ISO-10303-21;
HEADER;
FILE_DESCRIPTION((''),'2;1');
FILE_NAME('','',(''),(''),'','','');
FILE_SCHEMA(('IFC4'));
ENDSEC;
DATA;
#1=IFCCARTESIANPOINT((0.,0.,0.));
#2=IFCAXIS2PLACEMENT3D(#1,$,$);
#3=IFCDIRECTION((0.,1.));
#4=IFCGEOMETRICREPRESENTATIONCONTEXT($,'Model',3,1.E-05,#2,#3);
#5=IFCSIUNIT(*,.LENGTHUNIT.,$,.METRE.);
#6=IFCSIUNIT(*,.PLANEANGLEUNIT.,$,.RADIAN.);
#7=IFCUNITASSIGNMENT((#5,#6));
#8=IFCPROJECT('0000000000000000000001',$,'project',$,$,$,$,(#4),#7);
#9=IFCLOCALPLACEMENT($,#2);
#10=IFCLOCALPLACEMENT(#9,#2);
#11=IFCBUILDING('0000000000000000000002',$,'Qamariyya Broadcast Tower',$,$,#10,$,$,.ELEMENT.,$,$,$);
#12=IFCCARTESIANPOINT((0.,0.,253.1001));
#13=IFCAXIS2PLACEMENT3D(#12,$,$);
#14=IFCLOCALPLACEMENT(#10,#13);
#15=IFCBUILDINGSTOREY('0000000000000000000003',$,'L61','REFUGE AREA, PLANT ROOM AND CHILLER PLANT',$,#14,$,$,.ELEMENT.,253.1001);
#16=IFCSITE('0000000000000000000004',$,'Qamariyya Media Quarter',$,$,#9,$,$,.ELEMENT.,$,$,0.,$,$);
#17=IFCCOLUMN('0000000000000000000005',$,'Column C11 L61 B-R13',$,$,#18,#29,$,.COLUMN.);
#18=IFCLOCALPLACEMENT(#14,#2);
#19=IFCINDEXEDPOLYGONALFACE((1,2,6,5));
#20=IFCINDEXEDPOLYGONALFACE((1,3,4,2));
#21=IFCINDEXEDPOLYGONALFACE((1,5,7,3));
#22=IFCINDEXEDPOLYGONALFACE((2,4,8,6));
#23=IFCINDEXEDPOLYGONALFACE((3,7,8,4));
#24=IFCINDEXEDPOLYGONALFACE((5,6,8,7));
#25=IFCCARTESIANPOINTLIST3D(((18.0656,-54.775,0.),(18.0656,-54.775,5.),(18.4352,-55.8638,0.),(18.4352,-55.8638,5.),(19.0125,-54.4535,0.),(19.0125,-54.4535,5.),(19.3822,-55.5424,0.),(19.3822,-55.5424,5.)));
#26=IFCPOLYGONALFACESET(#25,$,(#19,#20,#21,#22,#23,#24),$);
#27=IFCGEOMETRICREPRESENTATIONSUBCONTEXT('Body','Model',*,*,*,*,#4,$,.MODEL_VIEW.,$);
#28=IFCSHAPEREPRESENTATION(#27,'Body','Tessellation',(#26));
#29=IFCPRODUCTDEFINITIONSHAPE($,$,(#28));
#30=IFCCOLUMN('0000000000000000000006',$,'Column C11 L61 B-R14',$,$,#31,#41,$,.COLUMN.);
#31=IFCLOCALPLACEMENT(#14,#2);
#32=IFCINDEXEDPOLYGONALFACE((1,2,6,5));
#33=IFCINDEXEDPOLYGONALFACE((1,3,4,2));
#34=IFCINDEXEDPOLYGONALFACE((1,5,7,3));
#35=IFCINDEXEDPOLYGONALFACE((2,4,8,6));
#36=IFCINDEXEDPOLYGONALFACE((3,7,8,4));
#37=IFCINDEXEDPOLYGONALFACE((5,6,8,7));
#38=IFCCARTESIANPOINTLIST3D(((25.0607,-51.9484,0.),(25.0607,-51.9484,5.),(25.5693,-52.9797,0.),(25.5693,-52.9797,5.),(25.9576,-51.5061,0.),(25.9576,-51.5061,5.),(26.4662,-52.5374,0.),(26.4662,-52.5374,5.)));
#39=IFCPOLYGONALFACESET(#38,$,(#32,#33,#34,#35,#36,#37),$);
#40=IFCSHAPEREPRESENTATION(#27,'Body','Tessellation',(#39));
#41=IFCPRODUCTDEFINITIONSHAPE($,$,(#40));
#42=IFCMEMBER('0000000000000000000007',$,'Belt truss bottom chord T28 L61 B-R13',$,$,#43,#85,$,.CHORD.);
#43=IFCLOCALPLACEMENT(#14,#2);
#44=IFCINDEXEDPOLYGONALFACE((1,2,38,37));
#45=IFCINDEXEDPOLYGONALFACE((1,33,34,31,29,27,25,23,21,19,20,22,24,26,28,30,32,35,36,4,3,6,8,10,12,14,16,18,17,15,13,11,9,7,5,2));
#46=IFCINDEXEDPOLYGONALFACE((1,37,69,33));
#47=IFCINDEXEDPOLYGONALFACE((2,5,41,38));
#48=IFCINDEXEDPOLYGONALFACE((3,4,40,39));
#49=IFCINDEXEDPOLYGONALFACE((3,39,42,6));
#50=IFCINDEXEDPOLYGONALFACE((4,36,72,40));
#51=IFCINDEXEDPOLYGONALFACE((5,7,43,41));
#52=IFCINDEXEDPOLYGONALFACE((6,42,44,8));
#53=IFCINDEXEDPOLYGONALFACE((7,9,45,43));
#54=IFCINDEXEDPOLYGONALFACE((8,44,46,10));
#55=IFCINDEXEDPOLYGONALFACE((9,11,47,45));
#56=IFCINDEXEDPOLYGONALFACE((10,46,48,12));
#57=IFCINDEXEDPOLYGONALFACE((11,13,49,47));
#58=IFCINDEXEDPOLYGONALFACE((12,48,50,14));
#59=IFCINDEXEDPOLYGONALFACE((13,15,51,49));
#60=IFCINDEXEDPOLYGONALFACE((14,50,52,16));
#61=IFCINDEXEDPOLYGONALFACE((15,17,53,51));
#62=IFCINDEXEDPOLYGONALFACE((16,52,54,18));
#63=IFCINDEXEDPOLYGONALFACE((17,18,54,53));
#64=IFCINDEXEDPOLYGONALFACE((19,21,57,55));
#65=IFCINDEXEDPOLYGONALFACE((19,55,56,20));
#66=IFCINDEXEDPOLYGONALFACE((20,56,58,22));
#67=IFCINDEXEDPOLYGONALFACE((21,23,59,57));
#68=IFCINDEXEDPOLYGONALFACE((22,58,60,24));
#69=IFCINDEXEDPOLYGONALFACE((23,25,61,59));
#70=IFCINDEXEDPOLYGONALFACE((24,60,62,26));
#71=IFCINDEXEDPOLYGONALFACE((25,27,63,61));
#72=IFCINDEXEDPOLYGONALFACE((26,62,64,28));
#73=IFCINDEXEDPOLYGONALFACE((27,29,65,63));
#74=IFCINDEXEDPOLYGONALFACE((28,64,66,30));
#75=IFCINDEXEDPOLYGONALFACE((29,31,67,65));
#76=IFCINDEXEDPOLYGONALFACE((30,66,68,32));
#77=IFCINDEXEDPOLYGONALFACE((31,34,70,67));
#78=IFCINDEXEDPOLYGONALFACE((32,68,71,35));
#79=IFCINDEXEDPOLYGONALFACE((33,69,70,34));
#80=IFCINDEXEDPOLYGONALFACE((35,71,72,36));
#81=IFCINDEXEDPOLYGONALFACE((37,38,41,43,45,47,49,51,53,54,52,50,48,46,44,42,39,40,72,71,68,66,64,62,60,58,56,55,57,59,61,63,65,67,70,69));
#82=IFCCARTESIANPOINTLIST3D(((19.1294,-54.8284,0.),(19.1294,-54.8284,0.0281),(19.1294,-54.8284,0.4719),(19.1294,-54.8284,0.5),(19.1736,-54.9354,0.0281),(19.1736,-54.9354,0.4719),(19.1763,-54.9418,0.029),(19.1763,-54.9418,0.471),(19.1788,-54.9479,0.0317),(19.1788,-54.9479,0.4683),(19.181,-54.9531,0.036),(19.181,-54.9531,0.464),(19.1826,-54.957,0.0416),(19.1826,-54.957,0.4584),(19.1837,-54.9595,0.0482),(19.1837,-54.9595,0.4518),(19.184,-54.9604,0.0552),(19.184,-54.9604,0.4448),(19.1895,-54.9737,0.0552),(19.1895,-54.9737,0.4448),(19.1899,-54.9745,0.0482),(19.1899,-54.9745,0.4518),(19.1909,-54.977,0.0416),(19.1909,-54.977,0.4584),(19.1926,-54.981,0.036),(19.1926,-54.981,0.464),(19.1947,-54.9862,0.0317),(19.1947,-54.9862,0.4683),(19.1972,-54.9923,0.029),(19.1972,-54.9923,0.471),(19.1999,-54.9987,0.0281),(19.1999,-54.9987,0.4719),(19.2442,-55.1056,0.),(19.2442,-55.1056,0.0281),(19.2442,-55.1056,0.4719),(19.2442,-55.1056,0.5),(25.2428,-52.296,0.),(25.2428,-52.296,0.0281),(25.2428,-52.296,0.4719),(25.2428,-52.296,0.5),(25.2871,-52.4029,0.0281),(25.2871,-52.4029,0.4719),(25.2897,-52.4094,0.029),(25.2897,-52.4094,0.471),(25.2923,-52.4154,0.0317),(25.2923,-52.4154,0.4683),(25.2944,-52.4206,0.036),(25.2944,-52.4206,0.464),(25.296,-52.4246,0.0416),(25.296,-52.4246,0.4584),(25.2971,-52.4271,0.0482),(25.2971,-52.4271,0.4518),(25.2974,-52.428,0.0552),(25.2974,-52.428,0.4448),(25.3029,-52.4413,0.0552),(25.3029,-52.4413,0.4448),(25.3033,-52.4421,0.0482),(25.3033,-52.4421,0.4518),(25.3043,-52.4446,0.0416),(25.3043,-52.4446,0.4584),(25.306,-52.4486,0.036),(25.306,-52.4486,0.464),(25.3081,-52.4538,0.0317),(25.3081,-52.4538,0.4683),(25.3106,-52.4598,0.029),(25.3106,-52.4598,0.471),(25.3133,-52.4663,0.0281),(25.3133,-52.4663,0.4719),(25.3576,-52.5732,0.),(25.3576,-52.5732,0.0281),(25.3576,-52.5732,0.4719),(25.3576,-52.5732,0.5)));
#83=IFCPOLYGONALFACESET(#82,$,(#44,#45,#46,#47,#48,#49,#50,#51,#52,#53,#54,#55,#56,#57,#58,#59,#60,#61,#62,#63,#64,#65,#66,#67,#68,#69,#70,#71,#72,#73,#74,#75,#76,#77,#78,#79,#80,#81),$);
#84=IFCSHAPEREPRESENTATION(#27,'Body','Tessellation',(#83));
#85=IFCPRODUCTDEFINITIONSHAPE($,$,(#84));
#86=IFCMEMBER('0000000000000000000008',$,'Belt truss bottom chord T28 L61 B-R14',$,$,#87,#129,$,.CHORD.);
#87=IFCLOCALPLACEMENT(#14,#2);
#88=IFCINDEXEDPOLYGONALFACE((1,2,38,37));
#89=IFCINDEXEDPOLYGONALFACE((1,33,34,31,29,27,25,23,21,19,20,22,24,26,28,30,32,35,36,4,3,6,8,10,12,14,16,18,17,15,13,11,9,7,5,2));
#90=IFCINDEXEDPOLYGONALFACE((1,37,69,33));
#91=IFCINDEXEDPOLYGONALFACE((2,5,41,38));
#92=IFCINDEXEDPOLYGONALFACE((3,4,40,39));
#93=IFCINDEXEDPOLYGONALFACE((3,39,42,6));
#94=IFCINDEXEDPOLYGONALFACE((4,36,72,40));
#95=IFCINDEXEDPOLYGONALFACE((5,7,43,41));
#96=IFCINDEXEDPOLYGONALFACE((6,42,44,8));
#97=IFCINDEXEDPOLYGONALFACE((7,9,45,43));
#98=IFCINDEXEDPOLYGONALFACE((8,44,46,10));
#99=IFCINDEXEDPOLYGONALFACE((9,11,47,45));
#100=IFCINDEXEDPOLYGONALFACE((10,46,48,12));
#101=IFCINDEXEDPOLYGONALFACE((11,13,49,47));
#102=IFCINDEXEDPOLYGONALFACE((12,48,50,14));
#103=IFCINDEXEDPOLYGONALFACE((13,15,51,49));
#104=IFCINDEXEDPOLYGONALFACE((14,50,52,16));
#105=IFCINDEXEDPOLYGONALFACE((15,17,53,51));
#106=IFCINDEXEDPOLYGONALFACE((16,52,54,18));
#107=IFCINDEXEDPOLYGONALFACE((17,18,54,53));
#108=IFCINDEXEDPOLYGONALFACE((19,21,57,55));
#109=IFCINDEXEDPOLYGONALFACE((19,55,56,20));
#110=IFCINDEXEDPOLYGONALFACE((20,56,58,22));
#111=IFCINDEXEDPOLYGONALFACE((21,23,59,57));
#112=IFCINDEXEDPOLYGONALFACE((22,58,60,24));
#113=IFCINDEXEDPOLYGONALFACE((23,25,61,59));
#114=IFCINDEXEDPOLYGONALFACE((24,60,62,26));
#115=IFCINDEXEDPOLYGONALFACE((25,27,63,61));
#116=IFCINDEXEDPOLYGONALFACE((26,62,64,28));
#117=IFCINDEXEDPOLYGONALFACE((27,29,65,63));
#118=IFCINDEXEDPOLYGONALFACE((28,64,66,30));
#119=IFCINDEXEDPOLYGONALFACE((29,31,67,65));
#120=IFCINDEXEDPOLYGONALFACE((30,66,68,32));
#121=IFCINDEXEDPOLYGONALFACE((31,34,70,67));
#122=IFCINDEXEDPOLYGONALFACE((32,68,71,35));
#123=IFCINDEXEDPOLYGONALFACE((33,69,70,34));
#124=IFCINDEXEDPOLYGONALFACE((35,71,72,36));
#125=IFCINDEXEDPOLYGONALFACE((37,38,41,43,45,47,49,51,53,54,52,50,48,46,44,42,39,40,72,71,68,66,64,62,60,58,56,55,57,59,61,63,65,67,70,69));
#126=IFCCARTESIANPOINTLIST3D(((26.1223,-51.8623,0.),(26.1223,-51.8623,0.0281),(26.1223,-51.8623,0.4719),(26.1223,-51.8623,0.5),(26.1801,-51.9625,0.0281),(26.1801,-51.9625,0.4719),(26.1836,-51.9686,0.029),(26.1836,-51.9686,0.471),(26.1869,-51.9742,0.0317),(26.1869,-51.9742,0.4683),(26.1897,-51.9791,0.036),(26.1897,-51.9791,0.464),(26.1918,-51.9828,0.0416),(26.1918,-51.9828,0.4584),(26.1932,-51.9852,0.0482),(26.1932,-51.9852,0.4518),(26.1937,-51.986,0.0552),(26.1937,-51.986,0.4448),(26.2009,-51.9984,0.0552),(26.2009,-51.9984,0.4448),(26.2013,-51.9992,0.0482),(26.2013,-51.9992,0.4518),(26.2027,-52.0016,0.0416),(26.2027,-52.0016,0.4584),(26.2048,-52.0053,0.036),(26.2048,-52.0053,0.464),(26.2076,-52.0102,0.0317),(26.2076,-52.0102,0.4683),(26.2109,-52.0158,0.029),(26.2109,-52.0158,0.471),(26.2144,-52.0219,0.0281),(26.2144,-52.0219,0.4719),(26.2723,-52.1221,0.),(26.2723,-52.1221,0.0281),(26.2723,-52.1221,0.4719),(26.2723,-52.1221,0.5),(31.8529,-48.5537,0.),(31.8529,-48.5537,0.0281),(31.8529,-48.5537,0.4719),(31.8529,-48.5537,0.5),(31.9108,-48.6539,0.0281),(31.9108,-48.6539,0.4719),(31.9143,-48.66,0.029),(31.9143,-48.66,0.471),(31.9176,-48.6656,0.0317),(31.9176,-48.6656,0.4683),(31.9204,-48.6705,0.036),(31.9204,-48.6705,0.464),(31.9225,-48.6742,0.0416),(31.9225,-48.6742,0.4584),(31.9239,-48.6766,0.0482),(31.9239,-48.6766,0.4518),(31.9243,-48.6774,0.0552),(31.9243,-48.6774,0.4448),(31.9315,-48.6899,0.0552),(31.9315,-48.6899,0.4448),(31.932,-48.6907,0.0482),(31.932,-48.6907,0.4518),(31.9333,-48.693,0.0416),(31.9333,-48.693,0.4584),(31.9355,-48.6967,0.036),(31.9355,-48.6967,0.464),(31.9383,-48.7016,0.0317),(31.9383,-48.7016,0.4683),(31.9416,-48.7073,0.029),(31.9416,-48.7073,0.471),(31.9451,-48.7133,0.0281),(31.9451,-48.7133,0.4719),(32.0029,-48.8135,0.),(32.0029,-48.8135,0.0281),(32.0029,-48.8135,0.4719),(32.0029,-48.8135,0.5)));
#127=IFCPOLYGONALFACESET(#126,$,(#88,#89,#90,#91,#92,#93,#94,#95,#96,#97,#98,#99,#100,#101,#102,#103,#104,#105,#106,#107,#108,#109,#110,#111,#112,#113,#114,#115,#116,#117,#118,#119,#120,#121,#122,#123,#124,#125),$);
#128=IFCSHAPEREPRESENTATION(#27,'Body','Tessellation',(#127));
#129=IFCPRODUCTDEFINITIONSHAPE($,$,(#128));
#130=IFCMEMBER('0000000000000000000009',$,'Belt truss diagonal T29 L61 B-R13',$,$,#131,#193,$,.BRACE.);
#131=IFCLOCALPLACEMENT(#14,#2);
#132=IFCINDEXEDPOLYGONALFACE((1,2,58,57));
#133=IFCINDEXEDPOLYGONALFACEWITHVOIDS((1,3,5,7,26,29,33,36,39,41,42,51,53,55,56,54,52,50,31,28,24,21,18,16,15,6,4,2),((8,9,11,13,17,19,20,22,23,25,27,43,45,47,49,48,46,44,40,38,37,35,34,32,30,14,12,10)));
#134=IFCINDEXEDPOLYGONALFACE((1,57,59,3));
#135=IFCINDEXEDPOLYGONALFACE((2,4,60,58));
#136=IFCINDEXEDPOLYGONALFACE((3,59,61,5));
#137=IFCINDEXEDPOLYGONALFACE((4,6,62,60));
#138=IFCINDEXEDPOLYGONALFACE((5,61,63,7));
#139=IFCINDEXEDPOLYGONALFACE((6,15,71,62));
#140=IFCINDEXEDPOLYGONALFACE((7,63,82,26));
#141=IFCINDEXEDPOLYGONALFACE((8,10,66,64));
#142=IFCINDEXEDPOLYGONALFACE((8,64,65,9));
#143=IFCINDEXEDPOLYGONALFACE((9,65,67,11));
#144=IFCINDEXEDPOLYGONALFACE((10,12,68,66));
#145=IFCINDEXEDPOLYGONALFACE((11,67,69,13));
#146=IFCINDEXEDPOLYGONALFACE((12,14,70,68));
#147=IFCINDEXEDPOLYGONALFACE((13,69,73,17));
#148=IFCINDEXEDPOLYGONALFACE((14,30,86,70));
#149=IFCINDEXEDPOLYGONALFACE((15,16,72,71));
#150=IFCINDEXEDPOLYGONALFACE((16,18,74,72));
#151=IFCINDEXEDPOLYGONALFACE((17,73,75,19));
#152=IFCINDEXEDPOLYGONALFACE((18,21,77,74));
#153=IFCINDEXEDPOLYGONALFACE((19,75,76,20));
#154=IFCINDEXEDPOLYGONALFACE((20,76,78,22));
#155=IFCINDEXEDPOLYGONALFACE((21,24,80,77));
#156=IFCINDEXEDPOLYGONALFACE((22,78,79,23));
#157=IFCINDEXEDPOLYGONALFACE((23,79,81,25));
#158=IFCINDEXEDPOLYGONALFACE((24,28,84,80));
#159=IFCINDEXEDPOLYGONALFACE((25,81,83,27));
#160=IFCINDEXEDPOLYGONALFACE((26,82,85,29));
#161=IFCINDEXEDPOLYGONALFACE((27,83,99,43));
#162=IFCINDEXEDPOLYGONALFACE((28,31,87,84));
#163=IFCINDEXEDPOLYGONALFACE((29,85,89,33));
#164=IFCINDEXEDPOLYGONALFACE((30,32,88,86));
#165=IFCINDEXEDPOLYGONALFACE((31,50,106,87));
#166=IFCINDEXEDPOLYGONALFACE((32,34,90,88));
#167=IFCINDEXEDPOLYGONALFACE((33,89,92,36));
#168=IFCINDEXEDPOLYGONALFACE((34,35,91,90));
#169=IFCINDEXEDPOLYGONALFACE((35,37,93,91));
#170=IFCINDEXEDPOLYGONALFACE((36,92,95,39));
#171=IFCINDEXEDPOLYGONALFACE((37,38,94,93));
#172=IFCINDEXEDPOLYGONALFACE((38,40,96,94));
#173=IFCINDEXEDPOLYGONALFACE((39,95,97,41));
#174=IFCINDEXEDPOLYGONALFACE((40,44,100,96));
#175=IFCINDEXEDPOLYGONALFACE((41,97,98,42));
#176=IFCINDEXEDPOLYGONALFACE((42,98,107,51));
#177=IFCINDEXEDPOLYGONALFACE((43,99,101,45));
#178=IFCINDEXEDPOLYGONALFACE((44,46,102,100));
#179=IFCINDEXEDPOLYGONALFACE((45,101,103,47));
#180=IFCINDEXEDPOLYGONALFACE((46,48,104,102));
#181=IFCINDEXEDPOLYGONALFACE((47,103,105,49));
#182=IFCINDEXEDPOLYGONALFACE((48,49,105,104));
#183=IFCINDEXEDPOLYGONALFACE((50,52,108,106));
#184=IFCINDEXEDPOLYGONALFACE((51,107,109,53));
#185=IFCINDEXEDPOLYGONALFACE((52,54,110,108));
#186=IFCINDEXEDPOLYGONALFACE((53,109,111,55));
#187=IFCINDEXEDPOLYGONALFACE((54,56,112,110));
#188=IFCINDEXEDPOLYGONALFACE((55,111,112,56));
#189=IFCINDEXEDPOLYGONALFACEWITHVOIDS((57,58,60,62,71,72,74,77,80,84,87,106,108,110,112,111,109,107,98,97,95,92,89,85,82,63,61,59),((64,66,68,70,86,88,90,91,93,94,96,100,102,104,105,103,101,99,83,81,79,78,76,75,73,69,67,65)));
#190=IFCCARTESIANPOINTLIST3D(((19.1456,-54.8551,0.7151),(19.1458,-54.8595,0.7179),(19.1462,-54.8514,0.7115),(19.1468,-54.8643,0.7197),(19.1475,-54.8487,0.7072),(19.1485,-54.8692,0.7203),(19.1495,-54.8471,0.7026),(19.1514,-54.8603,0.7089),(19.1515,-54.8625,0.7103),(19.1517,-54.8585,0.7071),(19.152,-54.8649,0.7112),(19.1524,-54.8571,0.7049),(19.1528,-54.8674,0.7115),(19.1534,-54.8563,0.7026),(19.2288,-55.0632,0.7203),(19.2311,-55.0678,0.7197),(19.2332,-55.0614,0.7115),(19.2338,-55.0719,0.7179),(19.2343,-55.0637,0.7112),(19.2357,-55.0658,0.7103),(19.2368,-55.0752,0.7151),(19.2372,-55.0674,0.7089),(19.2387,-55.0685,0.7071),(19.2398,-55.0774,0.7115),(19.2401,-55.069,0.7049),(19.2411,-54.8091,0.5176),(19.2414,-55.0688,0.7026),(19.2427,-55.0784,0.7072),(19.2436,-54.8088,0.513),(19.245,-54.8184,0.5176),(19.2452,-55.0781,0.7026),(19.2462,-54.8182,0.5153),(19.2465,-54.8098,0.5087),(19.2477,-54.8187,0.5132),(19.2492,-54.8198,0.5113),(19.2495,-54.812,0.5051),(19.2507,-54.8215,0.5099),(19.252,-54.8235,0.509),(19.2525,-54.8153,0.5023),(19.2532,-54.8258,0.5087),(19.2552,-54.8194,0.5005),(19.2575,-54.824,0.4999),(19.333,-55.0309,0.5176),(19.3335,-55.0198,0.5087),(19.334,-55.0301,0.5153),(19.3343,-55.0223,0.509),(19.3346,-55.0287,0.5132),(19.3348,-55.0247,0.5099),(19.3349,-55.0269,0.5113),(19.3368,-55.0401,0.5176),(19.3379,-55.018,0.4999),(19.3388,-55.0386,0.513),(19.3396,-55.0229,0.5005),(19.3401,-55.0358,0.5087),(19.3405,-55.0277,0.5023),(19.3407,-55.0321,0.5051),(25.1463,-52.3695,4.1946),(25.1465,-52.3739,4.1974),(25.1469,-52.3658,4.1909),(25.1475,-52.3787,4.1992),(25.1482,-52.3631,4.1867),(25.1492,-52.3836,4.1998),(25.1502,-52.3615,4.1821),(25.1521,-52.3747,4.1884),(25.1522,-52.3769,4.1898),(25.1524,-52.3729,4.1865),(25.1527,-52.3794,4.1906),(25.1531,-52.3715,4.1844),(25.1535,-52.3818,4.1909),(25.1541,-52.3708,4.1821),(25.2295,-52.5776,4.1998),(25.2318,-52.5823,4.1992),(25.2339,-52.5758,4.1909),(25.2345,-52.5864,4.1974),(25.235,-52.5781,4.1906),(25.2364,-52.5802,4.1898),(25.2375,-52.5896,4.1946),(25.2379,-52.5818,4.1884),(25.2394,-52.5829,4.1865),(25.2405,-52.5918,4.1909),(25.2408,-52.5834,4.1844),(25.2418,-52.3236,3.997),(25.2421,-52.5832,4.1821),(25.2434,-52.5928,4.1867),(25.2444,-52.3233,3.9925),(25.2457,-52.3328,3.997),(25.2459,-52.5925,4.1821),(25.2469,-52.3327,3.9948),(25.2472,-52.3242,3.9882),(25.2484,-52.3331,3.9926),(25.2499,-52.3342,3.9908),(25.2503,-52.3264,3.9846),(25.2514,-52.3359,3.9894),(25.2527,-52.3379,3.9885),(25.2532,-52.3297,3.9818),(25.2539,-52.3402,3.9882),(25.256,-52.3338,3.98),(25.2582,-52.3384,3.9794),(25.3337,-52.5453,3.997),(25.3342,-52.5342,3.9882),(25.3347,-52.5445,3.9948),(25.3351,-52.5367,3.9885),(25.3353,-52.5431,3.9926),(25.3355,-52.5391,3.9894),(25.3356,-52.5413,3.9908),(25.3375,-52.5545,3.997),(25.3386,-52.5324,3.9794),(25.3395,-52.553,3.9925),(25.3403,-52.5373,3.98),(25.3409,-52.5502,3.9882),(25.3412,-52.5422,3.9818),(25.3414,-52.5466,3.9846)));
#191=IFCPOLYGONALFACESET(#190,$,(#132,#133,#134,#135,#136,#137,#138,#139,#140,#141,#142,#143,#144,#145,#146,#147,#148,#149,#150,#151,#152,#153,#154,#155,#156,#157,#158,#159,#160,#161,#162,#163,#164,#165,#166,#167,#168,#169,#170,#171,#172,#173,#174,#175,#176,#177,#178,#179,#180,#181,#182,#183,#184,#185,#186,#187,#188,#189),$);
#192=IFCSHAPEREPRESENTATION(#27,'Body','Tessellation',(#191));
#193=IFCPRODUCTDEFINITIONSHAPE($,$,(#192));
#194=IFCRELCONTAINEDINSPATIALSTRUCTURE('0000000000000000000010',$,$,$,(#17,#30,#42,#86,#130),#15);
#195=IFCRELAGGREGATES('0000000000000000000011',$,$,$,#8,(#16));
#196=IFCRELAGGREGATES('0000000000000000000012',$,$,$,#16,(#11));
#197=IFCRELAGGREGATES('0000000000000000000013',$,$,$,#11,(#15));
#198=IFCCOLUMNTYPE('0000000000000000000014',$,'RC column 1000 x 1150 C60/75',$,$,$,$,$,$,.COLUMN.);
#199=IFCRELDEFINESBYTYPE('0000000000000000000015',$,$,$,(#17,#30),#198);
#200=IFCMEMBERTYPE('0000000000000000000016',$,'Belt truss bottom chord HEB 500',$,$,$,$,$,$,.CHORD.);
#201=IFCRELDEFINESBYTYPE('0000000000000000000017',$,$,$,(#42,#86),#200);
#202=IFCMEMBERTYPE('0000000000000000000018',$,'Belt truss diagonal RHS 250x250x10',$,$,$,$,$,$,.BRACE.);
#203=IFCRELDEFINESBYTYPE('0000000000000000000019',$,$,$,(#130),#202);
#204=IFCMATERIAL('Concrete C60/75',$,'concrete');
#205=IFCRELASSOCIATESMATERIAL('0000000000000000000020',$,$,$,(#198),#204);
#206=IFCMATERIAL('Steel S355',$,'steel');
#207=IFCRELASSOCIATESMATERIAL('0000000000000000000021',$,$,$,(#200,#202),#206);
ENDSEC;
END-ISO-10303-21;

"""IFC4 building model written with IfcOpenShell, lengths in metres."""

from ifc_helpers import new_model, si_unit, direction, frame, origin, origin_2d, place, context, subcontext, project, spatial, rectangle, hollow_rectangle, i_section, extrude, material, material_profile, profile_set, type_object, element, save


model = new_model("IFC4")

# Units and contexts
model_context = context("Model", 3, precision=1e-05, world=origin(), true_north=direction((0.0, 1.0)))
body_context = subcontext(model_context, "Body", "Model", "MODEL_VIEW")
ifc_project = project(units=[si_unit("LENGTHUNIT", "METRE"), si_unit("PLANEANGLEUNIT", "RADIAN")], contexts=[model_context])

# Site, building, storey
site_placement = place(None, origin())
site = spatial("IfcSite", under=ifc_project, at=site_placement, Name="Qamariyya Media Quarter", CompositionType="ELEMENT", RefElevation=0.0)
building_placement = place(site_placement, origin())
building = spatial("IfcBuilding", under=site, at=building_placement, Name="Qamariyya Broadcast Tower", CompositionType="ELEMENT")
storey_placement = place(building_placement, frame((0.0, 0.0, 253.1001)))
storey = spatial("IfcBuildingStorey", under=building, at=storey_placement, Name="L61", Description="REFUGE AREA, PLANT ROOM AND CHILLER PLANT", CompositionType="ELEMENT", Elevation=253.1001)

# Columns
ifc_material_1 = material(Name="Concrete C60/75", Category="concrete")
ifc_material_profile_1 = material_profile(ifc_material_1, rectangle(XDim=1.0, YDim=1.1499, at=origin_2d()))
ifc_profile_set_1 = profile_set([ifc_material_profile_1], Name="Concrete C60/75")
column_type = type_object("IfcColumnType", Name="RC column 1000 x 1150 C60/75", PredefinedType="COLUMN", material=ifc_profile_set_1)
for number, where, z_axis, x_axis, name in (
    (1, (18.7239, -55.1587, 0.0), (0.0, 0.0, 1.0), (0.94693, 0.321439, 0.0), "Column C11 L61 B-R13"),
    (2, (25.7634, -52.2429, 0.0), (0.0, 0.0, 1.0), (0.896873, 0.442289, 0.0), "Column C11 L61 B-R14"),
):
    element("IfcColumn", number, at=place(storey_placement, frame(where, z_axis=z_axis, x_axis=x_axis)), inside=storey, type_object=column_type, Name=name, PredefinedType="COLUMN", context=body_context, shape_type="SweptSolid", body=[
        extrude(rectangle(XDim=1.0, YDim=1.1499, at=origin_2d()), origin(), (0.0, 0.0, 1.0), 5.0),
    ])

# Members
ifc_material_2 = material(Name="Steel S355", Category="steel")
ifc_material_profile_2 = material_profile(ifc_material_2, i_section(OverallWidth=0.3, OverallDepth=0.5, WebThickness=0.0144, FlangeThickness=0.0281, FilletRadius=0.0271, at=origin_2d()))
ifc_profile_set_2 = profile_set([ifc_material_profile_2], Name="Steel S355")
member_type_1 = type_object("IfcMemberType", Name="Belt truss bottom chord HEB 500", PredefinedType="CHORD", material=ifc_profile_set_2)
for number, where, z_axis, x_axis, name in (
    (3, (19.1868, -54.967, 0.25), (0.923871, 0.382705, 0.0), (-0.382705, 0.923871, 0.0), "Belt truss bottom chord T28 L61 B-R13"),
    (4, (26.1973, -51.9922, 0.25), (0.866028, 0.499996, 0.0), (-0.499996, 0.866028, 0.0), "Belt truss bottom chord T28 L61 B-R14"),
):
    element("IfcMember", number, at=place(storey_placement, frame(where, z_axis=z_axis, x_axis=x_axis)), inside=storey, type_object=member_type_1, Name=name, PredefinedType="CHORD", context=body_context, shape_type="SweptSolid", body=[
        extrude(i_section(OverallWidth=0.3, OverallDepth=0.5, WebThickness=0.0144, FlangeThickness=0.0281, FilletRadius=0.0271, at=origin_2d()), origin(), (0.0, 0.0, 1.0), 6.6172),
    ])
ifc_material_profile_3 = material_profile(ifc_material_2, hollow_rectangle(XDim=0.25, YDim=0.25, WallThickness=0.01, InnerFilletRadius=0.01, OuterFilletRadius=0.02, at=origin_2d()))
ifc_profile_set_3 = profile_set([ifc_material_profile_3], Name="Steel S355")
member_type_2 = type_object("IfcMemberType", Name="Belt truss diagonal RHS 250x250x10", PredefinedType="BRACE", material=ifc_profile_set_3)
member_1_placement = place(storey_placement, frame((19.2432, -54.9436, 0.6101), z_axis=(0.814384, 0.33733, 0.472216), x_axis=(-0.382685, 0.923879, 0.0)))
element("IfcMember", 5, at=member_1_placement, inside=storey, type_object=member_type_2, Name="Belt truss diagonal T29 L61 B-R13", PredefinedType="BRACE", context=body_context, shape_type="SweptSolid", body=[
    extrude(hollow_rectangle(XDim=0.25, YDim=0.25, WallThickness=0.01, InnerFilletRadius=0.01, OuterFilletRadius=0.02, at=origin_2d()), origin(), (0.0, 0.0, 1.0), 7.3684),
])

save(model, "model.ifc")
